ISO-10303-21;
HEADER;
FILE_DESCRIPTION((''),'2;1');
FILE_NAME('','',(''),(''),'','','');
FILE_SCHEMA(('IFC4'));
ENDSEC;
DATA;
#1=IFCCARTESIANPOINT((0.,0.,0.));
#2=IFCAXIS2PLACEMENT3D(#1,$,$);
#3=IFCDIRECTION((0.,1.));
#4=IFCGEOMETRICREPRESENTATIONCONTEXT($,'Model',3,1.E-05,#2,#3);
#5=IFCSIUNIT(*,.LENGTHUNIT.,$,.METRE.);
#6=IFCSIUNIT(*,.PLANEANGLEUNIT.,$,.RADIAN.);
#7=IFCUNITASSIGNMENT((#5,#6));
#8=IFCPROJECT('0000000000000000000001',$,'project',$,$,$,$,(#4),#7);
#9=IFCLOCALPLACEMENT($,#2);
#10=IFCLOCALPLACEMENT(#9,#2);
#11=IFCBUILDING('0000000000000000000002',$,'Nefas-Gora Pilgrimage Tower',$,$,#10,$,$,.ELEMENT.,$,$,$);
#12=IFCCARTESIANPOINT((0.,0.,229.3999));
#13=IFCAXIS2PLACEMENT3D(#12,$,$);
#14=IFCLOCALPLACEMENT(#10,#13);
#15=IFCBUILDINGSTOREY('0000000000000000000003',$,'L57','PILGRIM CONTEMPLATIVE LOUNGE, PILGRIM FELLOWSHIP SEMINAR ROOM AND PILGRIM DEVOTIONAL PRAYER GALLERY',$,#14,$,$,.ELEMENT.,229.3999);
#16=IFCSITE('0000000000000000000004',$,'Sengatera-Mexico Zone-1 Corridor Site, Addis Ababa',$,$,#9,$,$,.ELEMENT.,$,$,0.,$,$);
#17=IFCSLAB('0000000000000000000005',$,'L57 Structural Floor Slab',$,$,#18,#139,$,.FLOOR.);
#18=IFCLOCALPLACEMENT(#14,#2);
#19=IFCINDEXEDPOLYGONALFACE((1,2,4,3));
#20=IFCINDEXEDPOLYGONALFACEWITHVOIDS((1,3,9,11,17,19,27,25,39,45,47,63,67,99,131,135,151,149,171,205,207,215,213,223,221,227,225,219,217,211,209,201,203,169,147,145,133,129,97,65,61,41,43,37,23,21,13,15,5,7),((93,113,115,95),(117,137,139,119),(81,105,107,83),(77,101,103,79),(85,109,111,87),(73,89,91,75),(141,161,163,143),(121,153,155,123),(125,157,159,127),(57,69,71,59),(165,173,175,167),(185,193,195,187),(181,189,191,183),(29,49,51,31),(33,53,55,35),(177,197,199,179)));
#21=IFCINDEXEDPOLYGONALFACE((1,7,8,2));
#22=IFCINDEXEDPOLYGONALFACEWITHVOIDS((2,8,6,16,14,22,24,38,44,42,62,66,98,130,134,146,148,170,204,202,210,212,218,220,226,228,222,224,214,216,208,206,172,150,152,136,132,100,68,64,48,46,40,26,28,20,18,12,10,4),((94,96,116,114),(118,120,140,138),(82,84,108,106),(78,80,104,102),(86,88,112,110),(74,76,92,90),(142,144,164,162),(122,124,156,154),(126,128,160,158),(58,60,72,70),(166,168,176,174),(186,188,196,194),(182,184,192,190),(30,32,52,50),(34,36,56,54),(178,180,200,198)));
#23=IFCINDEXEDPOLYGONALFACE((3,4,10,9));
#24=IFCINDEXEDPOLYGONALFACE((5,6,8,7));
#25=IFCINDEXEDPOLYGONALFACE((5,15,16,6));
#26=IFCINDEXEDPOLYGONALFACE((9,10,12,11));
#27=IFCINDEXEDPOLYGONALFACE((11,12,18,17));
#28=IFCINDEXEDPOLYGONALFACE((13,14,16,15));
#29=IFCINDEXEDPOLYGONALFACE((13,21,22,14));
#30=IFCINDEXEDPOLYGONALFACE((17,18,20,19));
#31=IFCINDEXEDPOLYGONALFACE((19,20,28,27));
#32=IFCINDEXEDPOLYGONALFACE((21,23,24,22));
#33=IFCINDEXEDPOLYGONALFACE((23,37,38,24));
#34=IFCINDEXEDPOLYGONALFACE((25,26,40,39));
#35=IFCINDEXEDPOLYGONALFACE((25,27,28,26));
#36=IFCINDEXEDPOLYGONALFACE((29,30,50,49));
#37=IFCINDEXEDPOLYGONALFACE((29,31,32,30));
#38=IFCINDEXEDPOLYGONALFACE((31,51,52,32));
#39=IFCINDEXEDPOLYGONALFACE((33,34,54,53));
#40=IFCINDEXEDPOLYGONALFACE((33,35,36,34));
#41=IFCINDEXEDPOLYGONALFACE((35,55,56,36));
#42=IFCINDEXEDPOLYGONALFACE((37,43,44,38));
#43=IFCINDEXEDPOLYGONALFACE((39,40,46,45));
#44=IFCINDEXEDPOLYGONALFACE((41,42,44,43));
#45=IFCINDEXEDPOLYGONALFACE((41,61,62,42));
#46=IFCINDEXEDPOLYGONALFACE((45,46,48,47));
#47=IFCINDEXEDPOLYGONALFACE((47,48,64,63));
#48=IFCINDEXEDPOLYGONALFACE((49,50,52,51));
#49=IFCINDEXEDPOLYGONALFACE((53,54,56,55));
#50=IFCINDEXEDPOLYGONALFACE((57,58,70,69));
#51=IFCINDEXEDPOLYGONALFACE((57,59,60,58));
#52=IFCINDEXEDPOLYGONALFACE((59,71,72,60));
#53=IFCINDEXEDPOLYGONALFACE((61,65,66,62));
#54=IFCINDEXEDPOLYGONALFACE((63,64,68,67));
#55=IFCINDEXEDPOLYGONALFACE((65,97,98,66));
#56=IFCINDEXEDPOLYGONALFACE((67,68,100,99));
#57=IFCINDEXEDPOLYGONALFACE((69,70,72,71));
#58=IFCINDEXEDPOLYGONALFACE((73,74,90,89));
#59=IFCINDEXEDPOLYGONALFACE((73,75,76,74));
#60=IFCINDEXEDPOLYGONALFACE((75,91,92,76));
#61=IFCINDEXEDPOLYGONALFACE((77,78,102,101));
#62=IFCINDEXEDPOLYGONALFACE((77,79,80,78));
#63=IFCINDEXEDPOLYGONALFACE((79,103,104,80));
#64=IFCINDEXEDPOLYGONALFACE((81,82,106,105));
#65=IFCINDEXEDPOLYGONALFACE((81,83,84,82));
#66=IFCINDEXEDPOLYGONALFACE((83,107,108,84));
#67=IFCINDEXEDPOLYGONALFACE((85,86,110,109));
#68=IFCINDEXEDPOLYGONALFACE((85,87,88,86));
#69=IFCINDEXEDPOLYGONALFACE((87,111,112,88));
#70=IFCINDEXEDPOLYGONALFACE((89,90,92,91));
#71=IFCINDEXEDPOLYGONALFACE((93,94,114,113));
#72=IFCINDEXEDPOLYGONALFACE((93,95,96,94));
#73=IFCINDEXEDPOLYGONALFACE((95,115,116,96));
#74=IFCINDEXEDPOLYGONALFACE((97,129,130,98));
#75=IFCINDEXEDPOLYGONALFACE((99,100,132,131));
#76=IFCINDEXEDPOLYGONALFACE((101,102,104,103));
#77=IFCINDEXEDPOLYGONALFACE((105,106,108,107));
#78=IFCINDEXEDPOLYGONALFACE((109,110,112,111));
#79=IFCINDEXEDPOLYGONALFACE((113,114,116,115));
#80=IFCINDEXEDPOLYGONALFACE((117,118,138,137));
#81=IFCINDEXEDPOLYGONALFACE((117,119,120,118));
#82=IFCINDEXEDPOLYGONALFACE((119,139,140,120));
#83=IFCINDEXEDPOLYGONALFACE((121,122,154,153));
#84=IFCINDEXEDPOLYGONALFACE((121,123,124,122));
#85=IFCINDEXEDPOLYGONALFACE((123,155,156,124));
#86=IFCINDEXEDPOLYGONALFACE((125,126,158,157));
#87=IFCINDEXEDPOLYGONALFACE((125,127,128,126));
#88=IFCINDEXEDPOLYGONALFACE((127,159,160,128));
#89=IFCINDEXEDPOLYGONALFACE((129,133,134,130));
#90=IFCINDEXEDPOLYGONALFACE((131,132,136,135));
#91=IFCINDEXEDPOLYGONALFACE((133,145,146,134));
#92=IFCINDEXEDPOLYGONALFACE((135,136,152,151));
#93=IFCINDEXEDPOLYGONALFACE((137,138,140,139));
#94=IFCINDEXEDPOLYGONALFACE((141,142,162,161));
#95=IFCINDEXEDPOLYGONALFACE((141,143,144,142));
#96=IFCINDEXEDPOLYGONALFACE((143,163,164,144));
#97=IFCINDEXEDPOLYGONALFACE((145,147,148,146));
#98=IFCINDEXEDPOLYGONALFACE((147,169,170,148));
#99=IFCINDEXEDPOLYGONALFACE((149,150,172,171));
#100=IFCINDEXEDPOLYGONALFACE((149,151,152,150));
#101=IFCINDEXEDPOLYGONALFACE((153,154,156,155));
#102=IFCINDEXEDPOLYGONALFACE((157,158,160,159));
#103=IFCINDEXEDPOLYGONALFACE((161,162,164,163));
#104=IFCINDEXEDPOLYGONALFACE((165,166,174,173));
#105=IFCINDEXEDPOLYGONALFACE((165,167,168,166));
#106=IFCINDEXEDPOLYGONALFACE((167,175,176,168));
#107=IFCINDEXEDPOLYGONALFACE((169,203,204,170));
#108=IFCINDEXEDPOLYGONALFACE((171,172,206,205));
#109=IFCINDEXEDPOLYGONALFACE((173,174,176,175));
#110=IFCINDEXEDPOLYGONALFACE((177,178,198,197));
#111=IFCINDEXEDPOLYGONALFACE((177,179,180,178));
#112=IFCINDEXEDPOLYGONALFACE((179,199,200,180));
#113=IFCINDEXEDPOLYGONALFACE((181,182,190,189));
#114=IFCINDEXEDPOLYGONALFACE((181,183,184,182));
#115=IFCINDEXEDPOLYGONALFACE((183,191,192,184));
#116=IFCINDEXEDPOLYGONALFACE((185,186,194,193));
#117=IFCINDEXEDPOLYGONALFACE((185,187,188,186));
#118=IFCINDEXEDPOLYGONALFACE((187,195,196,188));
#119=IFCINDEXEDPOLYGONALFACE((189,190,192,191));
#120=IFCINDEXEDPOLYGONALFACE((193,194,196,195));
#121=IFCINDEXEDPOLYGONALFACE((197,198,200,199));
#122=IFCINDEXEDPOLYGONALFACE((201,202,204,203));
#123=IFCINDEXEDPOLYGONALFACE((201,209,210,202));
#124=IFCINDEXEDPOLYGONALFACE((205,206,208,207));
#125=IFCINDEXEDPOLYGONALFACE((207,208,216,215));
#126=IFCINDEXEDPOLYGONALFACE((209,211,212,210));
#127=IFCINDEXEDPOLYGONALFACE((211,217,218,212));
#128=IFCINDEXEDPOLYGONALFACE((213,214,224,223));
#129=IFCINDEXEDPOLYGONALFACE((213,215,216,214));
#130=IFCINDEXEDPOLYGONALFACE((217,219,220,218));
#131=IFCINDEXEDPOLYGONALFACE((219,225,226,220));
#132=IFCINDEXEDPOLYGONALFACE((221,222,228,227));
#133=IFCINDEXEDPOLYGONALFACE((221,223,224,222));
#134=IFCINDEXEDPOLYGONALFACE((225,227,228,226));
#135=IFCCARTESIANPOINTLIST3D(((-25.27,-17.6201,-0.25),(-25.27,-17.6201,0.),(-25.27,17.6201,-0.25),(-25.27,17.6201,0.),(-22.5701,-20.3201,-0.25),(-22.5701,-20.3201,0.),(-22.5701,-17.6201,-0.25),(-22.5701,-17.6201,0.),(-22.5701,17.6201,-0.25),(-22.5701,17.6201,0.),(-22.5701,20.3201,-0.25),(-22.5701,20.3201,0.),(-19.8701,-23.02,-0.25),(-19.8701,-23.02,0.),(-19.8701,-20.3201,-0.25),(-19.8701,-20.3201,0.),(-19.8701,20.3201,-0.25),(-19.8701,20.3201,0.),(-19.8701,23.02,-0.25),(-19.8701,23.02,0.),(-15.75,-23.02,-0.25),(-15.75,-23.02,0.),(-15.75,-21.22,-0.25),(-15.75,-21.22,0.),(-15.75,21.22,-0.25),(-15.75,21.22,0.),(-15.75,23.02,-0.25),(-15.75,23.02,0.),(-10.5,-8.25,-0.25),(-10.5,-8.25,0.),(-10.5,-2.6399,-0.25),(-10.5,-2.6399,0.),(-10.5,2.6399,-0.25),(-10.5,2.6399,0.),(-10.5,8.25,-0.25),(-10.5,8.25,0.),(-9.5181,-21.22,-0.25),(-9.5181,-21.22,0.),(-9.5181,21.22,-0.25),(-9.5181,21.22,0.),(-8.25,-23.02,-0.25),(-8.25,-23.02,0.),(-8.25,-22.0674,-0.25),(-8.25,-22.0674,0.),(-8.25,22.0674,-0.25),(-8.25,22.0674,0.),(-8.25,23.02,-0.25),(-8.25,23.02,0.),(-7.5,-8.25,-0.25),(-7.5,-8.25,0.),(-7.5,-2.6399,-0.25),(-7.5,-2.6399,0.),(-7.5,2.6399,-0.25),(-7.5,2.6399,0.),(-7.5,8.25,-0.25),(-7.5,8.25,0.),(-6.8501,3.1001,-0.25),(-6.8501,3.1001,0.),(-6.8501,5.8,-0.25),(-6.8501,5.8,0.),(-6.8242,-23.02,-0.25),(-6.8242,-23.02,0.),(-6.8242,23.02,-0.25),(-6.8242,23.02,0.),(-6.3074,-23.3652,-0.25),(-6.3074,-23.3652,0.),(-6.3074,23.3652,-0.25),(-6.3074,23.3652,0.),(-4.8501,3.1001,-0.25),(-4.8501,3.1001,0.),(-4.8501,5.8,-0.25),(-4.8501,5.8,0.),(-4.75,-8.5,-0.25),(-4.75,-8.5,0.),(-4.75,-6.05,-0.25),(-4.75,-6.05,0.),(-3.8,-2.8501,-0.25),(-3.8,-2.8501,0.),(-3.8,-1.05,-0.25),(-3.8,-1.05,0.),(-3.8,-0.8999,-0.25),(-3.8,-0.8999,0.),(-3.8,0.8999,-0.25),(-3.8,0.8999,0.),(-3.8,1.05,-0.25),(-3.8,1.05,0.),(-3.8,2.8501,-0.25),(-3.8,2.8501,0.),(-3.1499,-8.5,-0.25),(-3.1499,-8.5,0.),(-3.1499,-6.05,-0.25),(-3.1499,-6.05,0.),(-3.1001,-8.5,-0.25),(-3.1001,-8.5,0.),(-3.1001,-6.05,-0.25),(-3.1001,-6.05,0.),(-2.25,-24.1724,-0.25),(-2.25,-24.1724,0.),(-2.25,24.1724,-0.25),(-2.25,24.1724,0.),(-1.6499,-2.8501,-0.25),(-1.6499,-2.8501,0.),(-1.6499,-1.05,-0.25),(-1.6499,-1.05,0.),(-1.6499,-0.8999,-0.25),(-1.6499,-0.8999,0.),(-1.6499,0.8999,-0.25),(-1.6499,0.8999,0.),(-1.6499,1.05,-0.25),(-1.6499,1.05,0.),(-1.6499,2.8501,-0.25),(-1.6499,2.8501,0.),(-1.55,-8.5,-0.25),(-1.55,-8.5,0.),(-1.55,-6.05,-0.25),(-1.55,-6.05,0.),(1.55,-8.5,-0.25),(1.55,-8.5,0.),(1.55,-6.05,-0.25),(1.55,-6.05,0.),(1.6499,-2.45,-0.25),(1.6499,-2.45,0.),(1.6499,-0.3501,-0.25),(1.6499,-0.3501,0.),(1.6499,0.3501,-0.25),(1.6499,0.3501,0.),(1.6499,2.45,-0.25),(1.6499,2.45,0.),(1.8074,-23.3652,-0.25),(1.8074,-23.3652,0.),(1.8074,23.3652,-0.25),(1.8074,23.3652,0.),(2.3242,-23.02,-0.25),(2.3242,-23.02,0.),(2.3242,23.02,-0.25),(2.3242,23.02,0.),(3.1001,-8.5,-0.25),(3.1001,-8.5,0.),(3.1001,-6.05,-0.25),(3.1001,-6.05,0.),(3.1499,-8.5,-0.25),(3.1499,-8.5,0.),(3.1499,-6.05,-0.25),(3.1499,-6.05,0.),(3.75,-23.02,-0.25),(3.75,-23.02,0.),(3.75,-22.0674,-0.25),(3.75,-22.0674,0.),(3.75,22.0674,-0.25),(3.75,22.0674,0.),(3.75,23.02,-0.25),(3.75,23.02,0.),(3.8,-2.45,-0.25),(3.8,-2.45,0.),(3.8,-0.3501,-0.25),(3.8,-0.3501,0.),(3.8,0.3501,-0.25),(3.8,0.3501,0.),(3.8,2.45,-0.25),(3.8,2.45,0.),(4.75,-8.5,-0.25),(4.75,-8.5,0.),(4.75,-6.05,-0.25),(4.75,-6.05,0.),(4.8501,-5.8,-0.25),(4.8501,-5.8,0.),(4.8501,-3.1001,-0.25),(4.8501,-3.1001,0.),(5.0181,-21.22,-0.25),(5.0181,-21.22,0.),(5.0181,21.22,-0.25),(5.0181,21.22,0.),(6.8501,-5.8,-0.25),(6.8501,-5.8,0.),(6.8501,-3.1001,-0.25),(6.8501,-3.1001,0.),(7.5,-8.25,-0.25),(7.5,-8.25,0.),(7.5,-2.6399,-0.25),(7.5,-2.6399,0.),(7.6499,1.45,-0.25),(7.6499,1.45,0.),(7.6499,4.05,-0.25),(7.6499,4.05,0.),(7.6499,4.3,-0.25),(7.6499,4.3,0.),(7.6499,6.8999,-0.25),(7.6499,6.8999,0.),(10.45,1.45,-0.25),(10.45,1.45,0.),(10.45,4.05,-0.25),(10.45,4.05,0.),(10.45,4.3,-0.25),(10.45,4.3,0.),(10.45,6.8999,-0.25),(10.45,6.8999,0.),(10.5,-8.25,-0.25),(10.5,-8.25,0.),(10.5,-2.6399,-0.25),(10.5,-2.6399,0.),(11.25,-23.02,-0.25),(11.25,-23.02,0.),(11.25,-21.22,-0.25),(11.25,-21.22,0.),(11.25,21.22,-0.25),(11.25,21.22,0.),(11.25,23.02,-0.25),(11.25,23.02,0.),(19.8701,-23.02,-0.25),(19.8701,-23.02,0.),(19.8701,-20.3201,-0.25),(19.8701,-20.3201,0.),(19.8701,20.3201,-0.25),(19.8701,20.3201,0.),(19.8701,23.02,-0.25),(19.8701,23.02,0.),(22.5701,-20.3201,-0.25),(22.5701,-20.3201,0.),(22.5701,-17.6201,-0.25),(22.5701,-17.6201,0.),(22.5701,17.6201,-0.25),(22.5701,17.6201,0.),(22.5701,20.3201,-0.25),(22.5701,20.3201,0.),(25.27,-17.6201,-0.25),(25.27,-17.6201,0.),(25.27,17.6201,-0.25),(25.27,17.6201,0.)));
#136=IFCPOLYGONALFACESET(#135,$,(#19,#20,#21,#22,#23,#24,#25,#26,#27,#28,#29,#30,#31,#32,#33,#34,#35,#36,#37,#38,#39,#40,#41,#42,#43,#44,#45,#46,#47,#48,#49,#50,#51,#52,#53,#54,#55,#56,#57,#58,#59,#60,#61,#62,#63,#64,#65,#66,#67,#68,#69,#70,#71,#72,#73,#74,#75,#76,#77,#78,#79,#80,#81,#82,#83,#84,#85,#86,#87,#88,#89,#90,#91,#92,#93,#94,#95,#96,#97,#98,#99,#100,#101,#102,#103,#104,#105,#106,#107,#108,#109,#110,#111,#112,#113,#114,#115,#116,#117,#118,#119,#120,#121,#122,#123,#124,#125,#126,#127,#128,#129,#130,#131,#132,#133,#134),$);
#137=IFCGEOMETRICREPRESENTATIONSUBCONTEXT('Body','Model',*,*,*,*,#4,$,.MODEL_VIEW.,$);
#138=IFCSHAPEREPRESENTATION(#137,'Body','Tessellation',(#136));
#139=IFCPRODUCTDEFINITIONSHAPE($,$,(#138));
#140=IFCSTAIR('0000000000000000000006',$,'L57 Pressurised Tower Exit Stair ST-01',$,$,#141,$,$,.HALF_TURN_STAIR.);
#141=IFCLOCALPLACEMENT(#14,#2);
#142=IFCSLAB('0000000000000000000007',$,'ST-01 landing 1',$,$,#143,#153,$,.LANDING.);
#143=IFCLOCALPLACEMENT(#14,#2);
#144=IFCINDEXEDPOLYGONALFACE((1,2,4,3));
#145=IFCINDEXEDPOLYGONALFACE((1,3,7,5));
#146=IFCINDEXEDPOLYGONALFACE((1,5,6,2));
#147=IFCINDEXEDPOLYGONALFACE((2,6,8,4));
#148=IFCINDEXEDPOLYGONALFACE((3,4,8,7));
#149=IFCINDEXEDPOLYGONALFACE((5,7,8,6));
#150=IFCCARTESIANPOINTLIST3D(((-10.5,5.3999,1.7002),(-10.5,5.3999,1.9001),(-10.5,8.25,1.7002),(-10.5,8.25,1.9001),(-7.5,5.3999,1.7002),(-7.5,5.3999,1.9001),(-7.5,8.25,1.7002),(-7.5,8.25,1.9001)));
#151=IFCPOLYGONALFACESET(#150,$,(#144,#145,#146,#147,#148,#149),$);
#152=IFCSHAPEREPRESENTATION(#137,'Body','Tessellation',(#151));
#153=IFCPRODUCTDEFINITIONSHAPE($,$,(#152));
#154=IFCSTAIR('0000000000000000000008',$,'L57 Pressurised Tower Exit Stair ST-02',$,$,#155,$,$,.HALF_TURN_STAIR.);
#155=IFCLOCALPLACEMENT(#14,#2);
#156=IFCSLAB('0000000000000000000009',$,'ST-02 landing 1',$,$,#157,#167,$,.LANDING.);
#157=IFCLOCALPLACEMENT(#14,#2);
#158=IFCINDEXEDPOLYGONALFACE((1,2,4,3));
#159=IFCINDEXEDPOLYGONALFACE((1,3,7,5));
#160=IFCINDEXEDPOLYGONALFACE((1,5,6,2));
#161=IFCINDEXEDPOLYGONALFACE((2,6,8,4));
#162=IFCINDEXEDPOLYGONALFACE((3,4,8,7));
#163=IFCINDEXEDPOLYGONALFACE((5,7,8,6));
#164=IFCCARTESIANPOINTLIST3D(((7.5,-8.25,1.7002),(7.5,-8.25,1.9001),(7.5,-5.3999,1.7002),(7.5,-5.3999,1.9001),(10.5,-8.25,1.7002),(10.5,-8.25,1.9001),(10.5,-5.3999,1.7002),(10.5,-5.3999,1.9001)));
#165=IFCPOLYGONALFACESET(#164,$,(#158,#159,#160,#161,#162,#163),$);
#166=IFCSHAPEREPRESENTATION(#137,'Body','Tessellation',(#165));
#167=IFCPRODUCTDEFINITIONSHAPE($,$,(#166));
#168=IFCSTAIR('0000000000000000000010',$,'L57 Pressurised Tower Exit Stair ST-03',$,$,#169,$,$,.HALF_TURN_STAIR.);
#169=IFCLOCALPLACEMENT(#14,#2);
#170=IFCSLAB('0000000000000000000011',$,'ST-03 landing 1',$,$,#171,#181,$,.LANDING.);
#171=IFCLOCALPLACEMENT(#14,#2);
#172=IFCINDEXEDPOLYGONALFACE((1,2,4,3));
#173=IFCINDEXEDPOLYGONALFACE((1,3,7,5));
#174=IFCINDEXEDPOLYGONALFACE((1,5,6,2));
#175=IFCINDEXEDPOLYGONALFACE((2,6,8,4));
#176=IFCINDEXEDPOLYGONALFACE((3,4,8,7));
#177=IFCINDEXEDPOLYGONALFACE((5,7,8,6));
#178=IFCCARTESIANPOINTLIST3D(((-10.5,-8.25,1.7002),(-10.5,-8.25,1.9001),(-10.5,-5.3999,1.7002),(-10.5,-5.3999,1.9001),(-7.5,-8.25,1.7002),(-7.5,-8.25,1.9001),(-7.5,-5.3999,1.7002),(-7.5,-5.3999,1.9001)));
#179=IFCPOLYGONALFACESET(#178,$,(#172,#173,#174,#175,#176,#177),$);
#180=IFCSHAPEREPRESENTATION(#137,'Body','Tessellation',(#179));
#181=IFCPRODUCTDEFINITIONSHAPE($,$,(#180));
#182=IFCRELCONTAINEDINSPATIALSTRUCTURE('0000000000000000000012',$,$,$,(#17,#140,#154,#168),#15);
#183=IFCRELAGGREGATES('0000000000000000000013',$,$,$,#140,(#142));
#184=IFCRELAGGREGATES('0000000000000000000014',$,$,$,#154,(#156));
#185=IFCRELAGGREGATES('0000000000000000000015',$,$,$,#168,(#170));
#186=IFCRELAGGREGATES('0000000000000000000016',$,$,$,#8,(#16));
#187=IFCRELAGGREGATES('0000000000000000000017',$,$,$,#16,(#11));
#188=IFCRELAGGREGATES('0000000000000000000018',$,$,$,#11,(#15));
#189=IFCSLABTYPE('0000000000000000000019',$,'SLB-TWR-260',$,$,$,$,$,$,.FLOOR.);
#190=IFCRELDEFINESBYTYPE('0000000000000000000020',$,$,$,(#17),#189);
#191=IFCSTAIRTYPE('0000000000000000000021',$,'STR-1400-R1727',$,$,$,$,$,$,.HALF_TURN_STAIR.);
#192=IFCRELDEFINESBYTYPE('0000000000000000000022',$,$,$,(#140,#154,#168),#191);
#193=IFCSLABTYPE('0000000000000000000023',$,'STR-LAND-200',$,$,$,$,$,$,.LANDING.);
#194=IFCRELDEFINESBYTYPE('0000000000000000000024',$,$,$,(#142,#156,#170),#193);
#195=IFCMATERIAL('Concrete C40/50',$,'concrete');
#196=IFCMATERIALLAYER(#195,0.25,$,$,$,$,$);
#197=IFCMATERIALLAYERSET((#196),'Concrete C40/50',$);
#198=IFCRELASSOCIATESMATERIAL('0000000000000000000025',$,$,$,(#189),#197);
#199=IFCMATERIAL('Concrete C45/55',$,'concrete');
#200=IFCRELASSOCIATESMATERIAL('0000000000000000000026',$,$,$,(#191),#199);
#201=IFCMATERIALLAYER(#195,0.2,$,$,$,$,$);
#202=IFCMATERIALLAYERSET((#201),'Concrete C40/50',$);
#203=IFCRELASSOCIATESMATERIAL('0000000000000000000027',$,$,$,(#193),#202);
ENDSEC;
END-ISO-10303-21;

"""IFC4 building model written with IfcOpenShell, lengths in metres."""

from ifc_helpers import new_model, si_unit, direction, frame, origin, place, context, subcontext, project, spatial, polyline, outline, extrude, material, layer, layer_set, type_object, element, aggregate, save


model = new_model("IFC4")

# Units and contexts
model_context = context("Model", 3, precision=1e-05, world=origin(), true_north=direction((0.0, 1.0)))
body_context = subcontext(model_context, "Body", "Model", "MODEL_VIEW")
ifc_project = project(units=[si_unit("LENGTHUNIT", "METRE"), si_unit("PLANEANGLEUNIT", "RADIAN")], contexts=[model_context])

# Site, building, storey
site_placement = place(None, origin())
site = spatial("IfcSite", under=ifc_project, at=site_placement, Name="Sengatera-Mexico Zone-1 Corridor Site, Addis Ababa", CompositionType="ELEMENT", RefElevation=0.0)
building_placement = place(site_placement, origin())
building = spatial("IfcBuilding", under=site, at=building_placement, Name="Nefas-Gora Pilgrimage Tower", CompositionType="ELEMENT")
storey_placement = place(building_placement, frame((0.0, 0.0, 229.3999)))
storey = spatial("IfcBuildingStorey", under=building, at=storey_placement, Name="L57", Description="PILGRIM CONTEMPLATIVE LOUNGE, PILGRIM FELLOWSHIP SEMINAR ROOM AND PILGRIM DEVOTIONAL PRAYER GALLERY", CompositionType="ELEMENT", Elevation=229.3999)

# Slab
ifc_material_1 = material(Name="Concrete C40/50", Category="concrete")
ifc_layer_1 = layer(ifc_material_1, 0.25)
ifc_layer_set_1 = layer_set([ifc_layer_1], Name="Concrete C40/50")
slab_type_1 = type_object("IfcSlabType", Name="SLB-TWR-260", PredefinedType="FLOOR", material=ifc_layer_set_1)
slab_1_placement = place(storey_placement, frame((0.0, 0.0, -0.25)))
element("IfcSlab", 1, at=slab_1_placement, inside=storey, type_object=slab_type_1, Name="L57 Structural Floor Slab", PredefinedType="FLOOR", context=body_context, shape_type="SweptSolid", body=[
    extrude(outline(polyline([(5.0181, -21.22), (11.25, -21.22), (11.25, -23.02), (19.8701, -23.02), (19.8701, -20.3201), (22.5701, -20.3201), (22.5701, -17.6201), (25.27, -17.6201), (25.27, 17.6201), (22.5701, 17.6201), (22.5701, 20.3201), (19.8701, 20.3201), (19.8701, 23.02), (11.25, 23.02), (11.25, 21.22), (5.0181, 21.22), (3.75, 22.0674), (3.75, 23.02), (2.3242, 23.02), (1.8074, 23.3652), (-2.25, 24.1724), (-6.3074, 23.3652), (-6.8242, 23.02), (-8.25, 23.02), (-8.25, 22.0674), (-9.5181, 21.22), (-15.75, 21.22), (-15.75, 23.02), (-19.8701, 23.02), (-19.8701, 20.3201), (-22.5701, 20.3201), (-22.5701, 17.6201), (-25.27, 17.6201), (-25.27, -17.6201), (-22.5701, -17.6201), (-22.5701, -20.3201), (-19.8701, -20.3201), (-19.8701, -23.02), (-15.75, -23.02), (-15.75, -21.22), (-9.5181, -21.22), (-8.25, -22.0674), (-8.25, -23.02), (-6.8242, -23.02), (-6.3074, -23.3652), (-2.25, -24.1724), (1.8074, -23.3652), (2.3242, -23.02), (3.75, -23.02), (3.75, -22.0674), (5.0181, -21.22)]), holes=[polyline([(-10.5, 2.6399), (-10.5, 8.25), (-7.5, 8.25), (-7.5, 2.6399), (-10.5, 2.6399)]), polyline([(10.5, -2.6399), (10.5, -8.25), (7.5, -8.25), (7.5, -2.6399), (10.5, -2.6399)]), polyline([(-7.5, -2.6399), (-7.5, -8.25), (-10.5, -8.25), (-10.5, -2.6399), (-7.5, -2.6399)]), polyline([(-6.8501, 5.8), (-4.8501, 5.8), (-4.8501, 3.1001), (-6.8501, 3.1001), (-6.8501, 5.8)]), polyline([(4.8501, -3.1001), (6.8501, -3.1001), (6.8501, -5.8), (4.8501, -5.8), (4.8501, -3.1001)]), polyline([(7.6499, 4.05), (10.45, 4.05), (10.45, 1.45), (7.6499, 1.45), (7.6499, 4.05)]), polyline([(7.6499, 6.8999), (10.45, 6.8999), (10.45, 4.3), (7.6499, 4.3), (7.6499, 6.8999)]), polyline([(-4.75, -6.05), (-3.1499, -6.05), (-3.1499, -8.5), (-4.75, -8.5), (-4.75, -6.05)]), polyline([(-3.1001, -6.05), (-1.55, -6.05), (-1.55, -8.5), (-3.1001, -8.5), (-3.1001, -6.05)]), polyline([(1.55, -6.05), (3.1001, -6.05), (3.1001, -8.5), (1.55, -8.5), (1.55, -6.05)]), polyline([(3.1499, -6.05), (4.75, -6.05), (4.75, -8.5), (3.1499, -8.5), (3.1499, -6.05)]), polyline([(-3.8, -1.05), (-1.6499, -1.05), (-1.6499, -2.8501), (-3.8, -2.8501), (-3.8, -1.05)]), polyline([(-3.8, 0.8999), (-1.6499, 0.8999), (-1.6499, -0.8999), (-3.8, -0.8999), (-3.8, 0.8999)]), polyline([(-3.8, 2.8501), (-1.6499, 2.8501), (-1.6499, 1.05), (-3.8, 1.05), (-3.8, 2.8501)]), polyline([(1.6499, -0.3501), (3.8, -0.3501), (3.8, -2.45), (1.6499, -2.45), (1.6499, -0.3501)]), polyline([(1.6499, 2.45), (3.8, 2.45), (3.8, 0.3501), (1.6499, 0.3501), (1.6499, 2.45)])]), origin(), (0.0, 0.0, 1.0), 0.25),
])

# Stairs, slabs
ifc_material_2 = material(Name="Concrete C45/55", Category="concrete")
stair_type = type_object("IfcStairType", Name="STR-1400-R1727", PredefinedType="HALF_TURN_STAIR", material=ifc_material_2)
stair_1_placement = place(storey_placement, origin())
stair_1 = element("IfcStair", 2, at=stair_1_placement, inside=storey, type_object=stair_type, Name="L57 Pressurised Tower Exit Stair ST-01", PredefinedType="HALF_TURN_STAIR")
ifc_layer_2 = layer(ifc_material_1, 0.2)
ifc_layer_set_2 = layer_set([ifc_layer_2], Name="Concrete C40/50")
slab_type_2 = type_object("IfcSlabType", Name="STR-LAND-200", PredefinedType="LANDING", material=ifc_layer_set_2)
slab_2_placement = place(storey_placement, frame((0.0, 0.0, 1.7002)))
slab_2 = element("IfcSlab", 3, at=slab_2_placement, type_object=slab_type_2, Name="ST-01 landing 1", PredefinedType="LANDING", context=body_context, shape_type="SweptSolid", body=[
    extrude(outline(polyline([(-7.5, 5.3999), (-7.5, 8.25), (-10.5, 8.25), (-10.5, 5.3999), (-7.5, 5.3999)])), origin(), (0.0, 0.0, 1.0), 0.2),
])
aggregate(stair_1, [slab_2])
stair_2_placement = place(storey_placement, origin())
stair_2 = element("IfcStair", 4, at=stair_2_placement, inside=storey, type_object=stair_type, Name="L57 Pressurised Tower Exit Stair ST-02", PredefinedType="HALF_TURN_STAIR")
slab_3_placement = place(storey_placement, frame((0.0, 0.0, 1.7002)))
slab_3 = element("IfcSlab", 5, at=slab_3_placement, type_object=slab_type_2, Name="ST-02 landing 1", PredefinedType="LANDING", context=body_context, shape_type="SweptSolid", body=[
    extrude(outline(polyline([(7.5, -5.3999), (7.5, -8.25), (10.5, -8.25), (10.5, -5.3999), (7.5, -5.3999)])), origin(), (0.0, 0.0, 1.0), 0.2),
])
aggregate(stair_2, [slab_3])
stair_3_placement = place(storey_placement, origin())
stair_3 = element("IfcStair", 6, at=stair_3_placement, inside=storey, type_object=stair_type, Name="L57 Pressurised Tower Exit Stair ST-03", PredefinedType="HALF_TURN_STAIR")
slab_4_placement = place(storey_placement, frame((0.0, 0.0, 1.7002)))
slab_4 = element("IfcSlab", 7, at=slab_4_placement, type_object=slab_type_2, Name="ST-03 landing 1", PredefinedType="LANDING", context=body_context, shape_type="SweptSolid", body=[
    extrude(outline(polyline([(-10.5, -5.3999), (-10.5, -8.25), (-7.5, -8.25), (-7.5, -5.3999), (-10.5, -5.3999)])), origin(), (0.0, 0.0, 1.0), 0.2),
])
aggregate(stair_3, [slab_4])

save(model, "model.ifc")
